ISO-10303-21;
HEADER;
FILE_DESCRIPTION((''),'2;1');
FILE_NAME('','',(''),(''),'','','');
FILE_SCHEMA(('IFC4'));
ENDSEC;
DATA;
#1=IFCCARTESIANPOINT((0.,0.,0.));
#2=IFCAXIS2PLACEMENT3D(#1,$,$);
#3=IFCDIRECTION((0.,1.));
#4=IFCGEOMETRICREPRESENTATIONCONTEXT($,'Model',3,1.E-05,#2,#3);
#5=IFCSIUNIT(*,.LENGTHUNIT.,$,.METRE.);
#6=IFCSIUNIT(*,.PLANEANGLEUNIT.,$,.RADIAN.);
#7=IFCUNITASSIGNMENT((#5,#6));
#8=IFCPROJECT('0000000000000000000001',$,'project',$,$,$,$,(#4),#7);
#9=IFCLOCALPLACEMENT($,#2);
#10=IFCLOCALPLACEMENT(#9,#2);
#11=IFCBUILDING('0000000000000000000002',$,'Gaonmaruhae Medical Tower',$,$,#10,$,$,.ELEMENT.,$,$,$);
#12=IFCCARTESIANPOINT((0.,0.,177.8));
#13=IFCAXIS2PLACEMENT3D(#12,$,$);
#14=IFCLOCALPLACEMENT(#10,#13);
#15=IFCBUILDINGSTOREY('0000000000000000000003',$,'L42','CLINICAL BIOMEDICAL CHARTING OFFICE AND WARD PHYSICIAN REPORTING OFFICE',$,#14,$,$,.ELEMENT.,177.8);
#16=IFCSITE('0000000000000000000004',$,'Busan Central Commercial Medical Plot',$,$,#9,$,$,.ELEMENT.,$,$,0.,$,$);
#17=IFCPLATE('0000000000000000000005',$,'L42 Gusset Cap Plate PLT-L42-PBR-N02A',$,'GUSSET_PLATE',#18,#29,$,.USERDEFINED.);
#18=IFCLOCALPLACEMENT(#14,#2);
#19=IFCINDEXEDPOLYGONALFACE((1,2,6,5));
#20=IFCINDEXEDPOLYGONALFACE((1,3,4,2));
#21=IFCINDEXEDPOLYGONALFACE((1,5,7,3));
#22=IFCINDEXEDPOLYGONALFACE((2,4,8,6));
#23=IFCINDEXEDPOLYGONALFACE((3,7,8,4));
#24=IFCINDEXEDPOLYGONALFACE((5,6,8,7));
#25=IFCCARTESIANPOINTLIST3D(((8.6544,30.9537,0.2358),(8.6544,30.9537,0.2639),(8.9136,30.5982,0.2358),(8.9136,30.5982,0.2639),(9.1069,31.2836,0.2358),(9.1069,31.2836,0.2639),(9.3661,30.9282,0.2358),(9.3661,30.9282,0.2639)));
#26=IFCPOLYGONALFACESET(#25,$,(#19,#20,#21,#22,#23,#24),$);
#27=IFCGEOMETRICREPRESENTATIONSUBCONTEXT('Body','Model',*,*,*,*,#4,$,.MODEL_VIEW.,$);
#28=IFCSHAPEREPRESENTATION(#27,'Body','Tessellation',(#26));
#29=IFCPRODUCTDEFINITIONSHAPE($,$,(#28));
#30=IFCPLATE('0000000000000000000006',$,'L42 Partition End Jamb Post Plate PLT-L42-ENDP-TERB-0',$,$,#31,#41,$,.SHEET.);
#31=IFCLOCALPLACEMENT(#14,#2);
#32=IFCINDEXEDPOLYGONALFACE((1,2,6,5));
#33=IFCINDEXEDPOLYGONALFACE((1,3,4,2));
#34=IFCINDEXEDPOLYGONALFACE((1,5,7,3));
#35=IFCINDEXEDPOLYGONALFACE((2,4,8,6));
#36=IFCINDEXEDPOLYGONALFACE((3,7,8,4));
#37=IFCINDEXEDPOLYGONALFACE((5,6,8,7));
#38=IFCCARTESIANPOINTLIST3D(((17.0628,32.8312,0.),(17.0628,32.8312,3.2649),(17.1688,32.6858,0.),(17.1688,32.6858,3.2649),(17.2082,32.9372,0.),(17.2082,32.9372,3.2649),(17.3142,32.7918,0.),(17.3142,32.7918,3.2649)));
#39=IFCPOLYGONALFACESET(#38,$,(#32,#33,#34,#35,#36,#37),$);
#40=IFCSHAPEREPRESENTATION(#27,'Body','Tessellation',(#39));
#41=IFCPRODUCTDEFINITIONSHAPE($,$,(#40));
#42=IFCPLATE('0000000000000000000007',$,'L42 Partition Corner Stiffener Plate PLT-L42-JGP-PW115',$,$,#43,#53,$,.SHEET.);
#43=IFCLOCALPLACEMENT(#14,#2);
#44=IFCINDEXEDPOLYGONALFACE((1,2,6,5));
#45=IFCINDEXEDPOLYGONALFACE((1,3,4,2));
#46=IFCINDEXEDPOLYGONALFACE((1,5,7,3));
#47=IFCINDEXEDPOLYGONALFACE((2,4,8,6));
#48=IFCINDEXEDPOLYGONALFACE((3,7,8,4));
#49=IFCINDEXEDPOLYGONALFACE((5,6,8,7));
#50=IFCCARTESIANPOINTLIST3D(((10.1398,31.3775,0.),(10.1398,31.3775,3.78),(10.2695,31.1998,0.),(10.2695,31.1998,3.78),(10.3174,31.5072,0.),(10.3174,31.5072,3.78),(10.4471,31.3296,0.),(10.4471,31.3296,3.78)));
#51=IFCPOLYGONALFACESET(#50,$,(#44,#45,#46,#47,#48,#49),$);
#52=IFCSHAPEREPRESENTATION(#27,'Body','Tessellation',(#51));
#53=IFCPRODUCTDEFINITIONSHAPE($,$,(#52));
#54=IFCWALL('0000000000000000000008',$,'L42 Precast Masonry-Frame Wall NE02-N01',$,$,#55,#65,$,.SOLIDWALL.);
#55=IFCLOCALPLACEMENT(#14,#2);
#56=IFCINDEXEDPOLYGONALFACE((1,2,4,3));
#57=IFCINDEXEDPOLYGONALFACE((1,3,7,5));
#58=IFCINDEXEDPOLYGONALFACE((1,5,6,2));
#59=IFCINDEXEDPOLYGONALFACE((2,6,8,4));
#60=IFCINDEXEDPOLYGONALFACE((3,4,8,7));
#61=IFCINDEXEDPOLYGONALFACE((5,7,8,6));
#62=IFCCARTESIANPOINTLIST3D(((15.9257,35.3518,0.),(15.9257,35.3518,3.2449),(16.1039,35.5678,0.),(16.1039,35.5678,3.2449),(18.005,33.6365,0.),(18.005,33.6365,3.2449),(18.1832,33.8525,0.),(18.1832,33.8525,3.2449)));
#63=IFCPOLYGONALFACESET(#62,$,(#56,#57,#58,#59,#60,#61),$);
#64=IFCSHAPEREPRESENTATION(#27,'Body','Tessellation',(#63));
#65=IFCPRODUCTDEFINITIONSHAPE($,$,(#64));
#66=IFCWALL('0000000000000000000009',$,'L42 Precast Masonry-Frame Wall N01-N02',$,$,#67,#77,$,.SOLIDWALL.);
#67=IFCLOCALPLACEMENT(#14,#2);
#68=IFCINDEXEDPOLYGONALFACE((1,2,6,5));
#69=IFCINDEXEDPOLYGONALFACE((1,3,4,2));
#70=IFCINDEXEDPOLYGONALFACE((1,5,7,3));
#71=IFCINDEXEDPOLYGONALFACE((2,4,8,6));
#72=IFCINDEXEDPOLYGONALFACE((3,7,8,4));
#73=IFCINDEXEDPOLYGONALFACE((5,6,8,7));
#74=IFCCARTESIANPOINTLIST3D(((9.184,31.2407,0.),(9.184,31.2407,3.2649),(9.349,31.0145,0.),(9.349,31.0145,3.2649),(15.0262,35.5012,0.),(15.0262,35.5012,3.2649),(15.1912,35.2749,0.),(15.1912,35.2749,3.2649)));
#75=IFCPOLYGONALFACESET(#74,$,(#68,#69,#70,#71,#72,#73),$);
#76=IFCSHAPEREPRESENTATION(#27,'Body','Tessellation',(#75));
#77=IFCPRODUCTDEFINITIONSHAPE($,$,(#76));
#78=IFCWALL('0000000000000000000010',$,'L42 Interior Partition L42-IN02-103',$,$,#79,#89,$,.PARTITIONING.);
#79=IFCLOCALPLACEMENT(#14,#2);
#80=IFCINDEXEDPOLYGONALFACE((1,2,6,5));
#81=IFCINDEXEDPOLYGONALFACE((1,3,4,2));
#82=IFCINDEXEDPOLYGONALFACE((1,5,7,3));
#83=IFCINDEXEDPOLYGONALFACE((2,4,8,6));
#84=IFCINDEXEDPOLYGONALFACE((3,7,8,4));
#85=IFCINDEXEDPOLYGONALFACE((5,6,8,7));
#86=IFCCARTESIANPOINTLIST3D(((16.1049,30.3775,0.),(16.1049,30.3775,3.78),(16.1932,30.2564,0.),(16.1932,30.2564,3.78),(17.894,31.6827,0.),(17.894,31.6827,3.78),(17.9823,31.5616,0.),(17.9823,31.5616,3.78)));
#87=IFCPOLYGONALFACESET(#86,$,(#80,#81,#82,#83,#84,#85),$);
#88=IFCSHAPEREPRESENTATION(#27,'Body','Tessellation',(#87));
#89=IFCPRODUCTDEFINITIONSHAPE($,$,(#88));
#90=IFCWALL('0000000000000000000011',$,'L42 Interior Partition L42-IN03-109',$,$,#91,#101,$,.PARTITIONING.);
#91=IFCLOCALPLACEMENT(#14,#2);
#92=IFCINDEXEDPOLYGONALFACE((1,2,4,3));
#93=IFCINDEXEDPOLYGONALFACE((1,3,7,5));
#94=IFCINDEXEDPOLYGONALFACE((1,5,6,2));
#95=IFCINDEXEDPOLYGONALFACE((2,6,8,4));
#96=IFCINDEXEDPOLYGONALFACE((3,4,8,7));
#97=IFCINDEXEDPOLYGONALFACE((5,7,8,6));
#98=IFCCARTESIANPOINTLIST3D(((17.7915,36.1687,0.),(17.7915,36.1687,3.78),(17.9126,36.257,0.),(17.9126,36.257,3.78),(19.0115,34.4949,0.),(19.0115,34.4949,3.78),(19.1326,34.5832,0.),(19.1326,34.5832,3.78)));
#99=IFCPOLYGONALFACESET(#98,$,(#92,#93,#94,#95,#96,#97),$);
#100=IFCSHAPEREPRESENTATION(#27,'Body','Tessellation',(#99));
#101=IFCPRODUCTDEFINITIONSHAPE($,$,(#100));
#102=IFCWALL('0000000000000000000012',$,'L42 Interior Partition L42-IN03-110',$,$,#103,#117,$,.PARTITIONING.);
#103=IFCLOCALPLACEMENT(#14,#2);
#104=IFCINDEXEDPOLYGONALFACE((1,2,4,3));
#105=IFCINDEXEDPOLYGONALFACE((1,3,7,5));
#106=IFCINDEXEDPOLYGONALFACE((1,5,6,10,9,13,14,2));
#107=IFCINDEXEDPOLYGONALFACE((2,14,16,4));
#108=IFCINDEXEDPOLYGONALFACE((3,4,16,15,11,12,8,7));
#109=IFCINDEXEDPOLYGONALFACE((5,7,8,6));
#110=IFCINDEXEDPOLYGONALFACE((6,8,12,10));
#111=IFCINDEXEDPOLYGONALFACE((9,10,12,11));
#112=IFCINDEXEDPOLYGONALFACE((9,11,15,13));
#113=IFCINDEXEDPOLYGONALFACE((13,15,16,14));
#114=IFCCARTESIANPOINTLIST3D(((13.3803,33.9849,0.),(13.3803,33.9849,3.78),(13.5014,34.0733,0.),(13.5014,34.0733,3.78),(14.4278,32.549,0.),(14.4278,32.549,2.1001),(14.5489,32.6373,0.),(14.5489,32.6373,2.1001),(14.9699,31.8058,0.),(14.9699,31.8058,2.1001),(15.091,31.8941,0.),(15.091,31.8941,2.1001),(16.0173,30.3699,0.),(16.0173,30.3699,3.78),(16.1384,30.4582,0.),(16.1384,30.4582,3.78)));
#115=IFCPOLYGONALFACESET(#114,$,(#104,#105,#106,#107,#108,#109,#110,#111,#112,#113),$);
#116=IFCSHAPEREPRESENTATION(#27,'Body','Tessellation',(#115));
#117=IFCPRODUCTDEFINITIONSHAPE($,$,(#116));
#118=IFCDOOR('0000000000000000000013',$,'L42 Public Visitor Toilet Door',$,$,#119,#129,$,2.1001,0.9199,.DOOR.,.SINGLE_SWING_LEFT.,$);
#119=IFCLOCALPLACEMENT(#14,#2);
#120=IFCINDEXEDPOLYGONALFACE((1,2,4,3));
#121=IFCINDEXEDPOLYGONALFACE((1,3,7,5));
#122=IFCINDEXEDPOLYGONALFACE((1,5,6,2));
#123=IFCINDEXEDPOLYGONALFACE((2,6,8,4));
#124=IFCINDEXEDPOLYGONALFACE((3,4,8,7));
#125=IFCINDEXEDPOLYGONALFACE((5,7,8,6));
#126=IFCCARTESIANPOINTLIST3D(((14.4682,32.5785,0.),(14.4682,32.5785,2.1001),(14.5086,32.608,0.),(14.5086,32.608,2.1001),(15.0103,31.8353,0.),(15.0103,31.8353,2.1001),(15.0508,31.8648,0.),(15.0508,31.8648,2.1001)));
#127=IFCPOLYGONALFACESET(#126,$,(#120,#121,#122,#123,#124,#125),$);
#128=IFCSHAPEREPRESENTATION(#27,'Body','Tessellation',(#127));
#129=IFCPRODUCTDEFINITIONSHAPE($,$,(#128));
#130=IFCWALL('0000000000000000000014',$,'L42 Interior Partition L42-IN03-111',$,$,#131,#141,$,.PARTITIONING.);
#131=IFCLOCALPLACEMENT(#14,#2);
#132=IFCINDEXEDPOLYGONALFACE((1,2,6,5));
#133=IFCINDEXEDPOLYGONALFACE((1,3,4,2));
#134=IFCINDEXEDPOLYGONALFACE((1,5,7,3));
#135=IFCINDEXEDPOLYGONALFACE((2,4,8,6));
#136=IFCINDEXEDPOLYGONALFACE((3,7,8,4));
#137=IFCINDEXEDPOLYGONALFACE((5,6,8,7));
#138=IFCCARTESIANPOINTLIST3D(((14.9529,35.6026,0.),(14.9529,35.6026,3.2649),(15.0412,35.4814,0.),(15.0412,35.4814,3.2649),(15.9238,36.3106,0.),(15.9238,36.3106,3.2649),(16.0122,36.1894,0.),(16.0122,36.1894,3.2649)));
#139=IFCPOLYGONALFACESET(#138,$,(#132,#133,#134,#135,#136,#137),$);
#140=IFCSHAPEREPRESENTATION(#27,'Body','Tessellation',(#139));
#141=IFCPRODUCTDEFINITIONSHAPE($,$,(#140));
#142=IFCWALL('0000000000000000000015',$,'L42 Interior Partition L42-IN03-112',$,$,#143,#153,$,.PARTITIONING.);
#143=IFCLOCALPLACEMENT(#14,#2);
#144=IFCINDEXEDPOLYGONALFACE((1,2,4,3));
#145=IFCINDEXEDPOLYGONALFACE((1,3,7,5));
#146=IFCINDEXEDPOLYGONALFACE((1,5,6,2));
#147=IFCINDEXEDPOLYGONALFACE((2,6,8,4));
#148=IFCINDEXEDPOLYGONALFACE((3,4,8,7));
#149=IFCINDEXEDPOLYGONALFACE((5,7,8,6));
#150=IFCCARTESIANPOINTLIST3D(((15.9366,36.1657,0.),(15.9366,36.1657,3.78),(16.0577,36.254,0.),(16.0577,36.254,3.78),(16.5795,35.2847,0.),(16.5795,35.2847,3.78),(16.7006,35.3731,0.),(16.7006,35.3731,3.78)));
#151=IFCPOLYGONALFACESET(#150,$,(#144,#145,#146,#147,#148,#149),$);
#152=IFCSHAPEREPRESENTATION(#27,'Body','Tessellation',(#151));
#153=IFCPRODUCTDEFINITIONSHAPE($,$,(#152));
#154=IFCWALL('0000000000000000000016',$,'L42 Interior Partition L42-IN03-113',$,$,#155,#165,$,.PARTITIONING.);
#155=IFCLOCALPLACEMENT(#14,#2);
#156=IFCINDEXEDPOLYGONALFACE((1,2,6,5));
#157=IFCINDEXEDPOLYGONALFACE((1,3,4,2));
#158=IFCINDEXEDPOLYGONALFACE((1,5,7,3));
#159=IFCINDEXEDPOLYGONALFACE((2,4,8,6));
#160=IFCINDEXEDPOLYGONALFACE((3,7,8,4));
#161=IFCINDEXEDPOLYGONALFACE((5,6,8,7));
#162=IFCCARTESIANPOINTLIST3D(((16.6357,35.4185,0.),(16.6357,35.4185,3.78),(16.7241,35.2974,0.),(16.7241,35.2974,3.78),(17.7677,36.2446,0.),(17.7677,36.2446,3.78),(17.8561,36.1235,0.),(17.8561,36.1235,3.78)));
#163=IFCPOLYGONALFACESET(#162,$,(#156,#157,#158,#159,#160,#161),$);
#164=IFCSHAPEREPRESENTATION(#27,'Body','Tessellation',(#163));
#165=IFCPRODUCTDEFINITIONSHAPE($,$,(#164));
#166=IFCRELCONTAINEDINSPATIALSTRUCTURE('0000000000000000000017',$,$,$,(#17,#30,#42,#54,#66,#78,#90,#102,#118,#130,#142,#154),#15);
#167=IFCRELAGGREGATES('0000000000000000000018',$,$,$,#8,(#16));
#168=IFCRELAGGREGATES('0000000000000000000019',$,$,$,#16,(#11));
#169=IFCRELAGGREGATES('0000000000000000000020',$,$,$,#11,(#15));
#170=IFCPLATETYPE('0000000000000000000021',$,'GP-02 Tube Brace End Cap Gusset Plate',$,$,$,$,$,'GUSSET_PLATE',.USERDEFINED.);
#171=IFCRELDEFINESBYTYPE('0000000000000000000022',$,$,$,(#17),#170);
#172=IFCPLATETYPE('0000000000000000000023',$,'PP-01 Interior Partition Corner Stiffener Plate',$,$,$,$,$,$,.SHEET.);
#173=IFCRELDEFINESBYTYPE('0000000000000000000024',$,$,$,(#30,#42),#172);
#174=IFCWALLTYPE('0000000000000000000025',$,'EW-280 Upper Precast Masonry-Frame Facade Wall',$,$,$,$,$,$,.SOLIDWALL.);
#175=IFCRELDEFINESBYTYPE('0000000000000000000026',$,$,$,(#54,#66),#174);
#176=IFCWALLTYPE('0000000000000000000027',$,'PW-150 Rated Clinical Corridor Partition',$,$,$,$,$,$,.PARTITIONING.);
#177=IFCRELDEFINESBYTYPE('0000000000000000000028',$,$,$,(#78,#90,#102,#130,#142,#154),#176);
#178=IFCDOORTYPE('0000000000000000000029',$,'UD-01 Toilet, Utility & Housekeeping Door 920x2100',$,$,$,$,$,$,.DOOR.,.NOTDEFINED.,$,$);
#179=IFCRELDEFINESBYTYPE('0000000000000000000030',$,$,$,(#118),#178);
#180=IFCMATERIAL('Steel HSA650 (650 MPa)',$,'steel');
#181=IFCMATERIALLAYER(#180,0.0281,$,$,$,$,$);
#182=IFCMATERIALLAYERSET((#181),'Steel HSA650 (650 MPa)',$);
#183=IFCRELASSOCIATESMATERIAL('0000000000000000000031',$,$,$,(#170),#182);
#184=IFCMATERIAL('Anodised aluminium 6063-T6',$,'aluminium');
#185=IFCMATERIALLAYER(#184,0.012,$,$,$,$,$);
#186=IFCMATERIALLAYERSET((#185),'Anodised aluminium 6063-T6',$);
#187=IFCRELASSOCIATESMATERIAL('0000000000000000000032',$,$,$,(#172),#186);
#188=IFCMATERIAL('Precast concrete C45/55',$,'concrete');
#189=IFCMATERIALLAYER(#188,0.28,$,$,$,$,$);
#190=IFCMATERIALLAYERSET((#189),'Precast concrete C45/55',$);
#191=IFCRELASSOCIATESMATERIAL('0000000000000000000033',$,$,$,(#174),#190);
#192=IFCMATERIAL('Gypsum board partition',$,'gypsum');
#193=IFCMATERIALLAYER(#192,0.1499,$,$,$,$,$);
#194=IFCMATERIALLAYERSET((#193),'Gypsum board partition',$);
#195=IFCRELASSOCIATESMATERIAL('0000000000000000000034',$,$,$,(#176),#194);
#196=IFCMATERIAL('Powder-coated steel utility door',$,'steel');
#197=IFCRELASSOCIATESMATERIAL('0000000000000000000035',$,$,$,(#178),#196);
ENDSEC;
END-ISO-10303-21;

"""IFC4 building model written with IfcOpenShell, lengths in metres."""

from ifc_helpers import new_model, si_unit, direction, frame, frame_2d, origin, origin_2d, place, context, subcontext, project, spatial, rectangle, extrude, material, layer, layer_set, type_object, element, fill, save


model = new_model("IFC4")

# Units and contexts
model_context = context("Model", 3, precision=1e-05, world=origin(), true_north=direction((0.0, 1.0)))
body_context = subcontext(model_context, "Body", "Model", "MODEL_VIEW")
ifc_project = project(units=[si_unit("LENGTHUNIT", "METRE"), si_unit("PLANEANGLEUNIT", "RADIAN")], contexts=[model_context])

# Site, building, storey
site_placement = place(None, origin())
site = spatial("IfcSite", under=ifc_project, at=site_placement, Name="Busan Central Commercial Medical Plot", CompositionType="ELEMENT", RefElevation=0.0)
building_placement = place(site_placement, origin())
building = spatial("IfcBuilding", under=site, at=building_placement, Name="Gaonmaruhae Medical Tower", CompositionType="ELEMENT")
storey_placement = place(building_placement, frame((0.0, 0.0, 177.8)))
storey = spatial("IfcBuildingStorey", under=building, at=storey_placement, Name="L42", Description="CLINICAL BIOMEDICAL CHARTING OFFICE AND WARD PHYSICIAN REPORTING OFFICE", CompositionType="ELEMENT", Elevation=177.8)

# Plates
ifc_material_1 = material(Name="Steel HSA650 (650 MPa)", Category="steel")
ifc_layer_1 = layer(ifc_material_1, 0.0281)
ifc_layer_set_1 = layer_set([ifc_layer_1], Name="Steel HSA650 (650 MPa)")
plate_type_1 = type_object("IfcPlateType", Name="GP-02 Tube Brace End Cap Gusset Plate", ElementType="GUSSET_PLATE", PredefinedType="USERDEFINED", material=ifc_layer_set_1)
plate_1_placement = place(storey_placement, frame((9.0103, 30.9409, 0.2358), z_axis=(0.0, 0.0, 1.0), x_axis=(0.80799, 0.589196, 0.0)))
element("IfcPlate", 1, at=plate_1_placement, inside=storey, type_object=plate_type_1, Name="L42 Gusset Cap Plate PLT-L42-PBR-N02A", ObjectType="GUSSET_PLATE", PredefinedType="USERDEFINED", context=body_context, shape_type="SweptSolid", body=[
    extrude(rectangle(XDim=0.5601, YDim=0.4399, at=origin_2d()), origin(), (0.0, 0.0, 1.0), 0.0281),
])
ifc_material_2 = material(Name="Anodised aluminium 6063-T6", Category="aluminium")
ifc_layer_2 = layer(ifc_material_2, 0.012)
ifc_layer_set_2 = layer_set([ifc_layer_2], Name="Anodised aluminium 6063-T6")
plate_type_2 = type_object("IfcPlateType", Name="PP-01 Interior Partition Corner Stiffener Plate", PredefinedType="SHEET", material=ifc_layer_set_2)
plate_2_placement = place(storey_placement, frame((17.1885, 32.8115, 0.0), z_axis=(0.0, 0.0, 1.0), x_axis=(0.589196, -0.80799, 0.0)))
element("IfcPlate", 2, at=plate_2_placement, inside=storey, type_object=plate_type_2, Name="L42 Partition End Jamb Post Plate PLT-L42-ENDP-TERB-0", PredefinedType="SHEET", context=body_context, shape_type="SweptSolid", body=[
    extrude(rectangle(XDim=0.1799, YDim=0.1799, at=origin_2d()), origin(), (0.0, 0.0, 1.0), 3.2649),
])
plate_3_placement = place(storey_placement, frame((10.2935, 31.3535, 0.0), z_axis=(0.0, 0.0, 1.0), x_axis=(-0.589817, 0.807537, 0.0)))
element("IfcPlate", 3, at=plate_3_placement, inside=storey, type_object=plate_type_2, Name="L42 Partition Corner Stiffener Plate PLT-L42-JGP-PW115", PredefinedType="SHEET", context=body_context, shape_type="SweptSolid", body=[
    extrude(rectangle(XDim=0.22, YDim=0.22, at=origin_2d()), origin(), (0.0, 0.0, 1.0), 3.78),
])

# Shared definitions
ifc_material_3 = material(Name="Precast concrete C45/55", Category="concrete")

# Walls
ifc_layer_3 = layer(ifc_material_3, 0.28)
ifc_layer_set_3 = layer_set([ifc_layer_3], Name="Precast concrete C45/55")
wall_type_1 = type_object("IfcWallType", Name="EW-280 Upper Precast Masonry-Frame Facade Wall", PredefinedType="SOLIDWALL", material=ifc_layer_set_3)
wall_1_placement = place(storey_placement, frame((16.0149, 35.4597, 0.0), z_axis=(0.0, 0.0, 1.0), x_axis=(0.771397, -0.636355, 0.0)))
element("IfcWall", 4, at=wall_1_placement, inside=storey, type_object=wall_type_1, Name="L42 Precast Masonry-Frame Wall NE02-N01", PredefinedType="SOLIDWALL", context=body_context, shape_type="SweptSolid", body=[
    extrude(rectangle(XDim=2.6956, YDim=0.28, at=frame_2d((1.3477, 0.0))), origin(), (0.0, 0.0, 1.0), 3.2449),
])
wall_2_placement = place(storey_placement, frame((9.2666, 31.1277, 0.0), z_axis=(0.0, 0.0, 1.0), x_axis=(0.807975, 0.589217, 0.0)))
element("IfcWall", 5, at=wall_2_placement, inside=storey, type_object=wall_type_1, Name="L42 Precast Masonry-Frame Wall N01-N02", PredefinedType="SOLIDWALL", context=body_context, shape_type="SweptSolid", body=[
    extrude(rectangle(XDim=7.2307, YDim=0.28, at=frame_2d((3.6152, 0.0))), origin(), (0.0, 0.0, 1.0), 3.2649),
])

# Shared definitions
ifc_material_4 = material(Name="Gypsum board partition", Category="gypsum")
ifc_layer_4 = layer(ifc_material_4, 0.1499)
ifc_layer_set_4 = layer_set([ifc_layer_4], Name="Gypsum board partition")
wall_type_2 = type_object("IfcWallType", Name="PW-150 Rated Clinical Corridor Partition", PredefinedType="PARTITIONING", material=ifc_layer_set_4)

# Walls
wall_3_placement = place(storey_placement, frame((16.1489, 30.3169, 0.0), z_axis=(0.0, 0.0, 1.0), x_axis=(0.807868, 0.589364, 0.0)))
element("IfcWall", 6, at=wall_3_placement, inside=storey, type_object=wall_type_2, Name="L42 Interior Partition L42-IN02-103", PredefinedType="PARTITIONING", context=body_context, shape_type="SweptSolid", body=[
    extrude(rectangle(XDim=2.2146, YDim=0.1499, at=frame_2d((1.1074, 0.0))), origin(), (0.0, 0.0, 1.0), 3.78),
])
wall_4_placement = place(storey_placement, frame((17.8521, 36.2129, 0.0), z_axis=(0.0, 0.0, 1.0), x_axis=(0.589005, -0.808129, 0.0)))
element("IfcWall", 7, at=wall_4_placement, inside=storey, type_object=wall_type_2, Name="L42 Interior Partition L42-IN03-109", PredefinedType="PARTITIONING", context=body_context, shape_type="SweptSolid", body=[
    extrude(rectangle(XDim=2.0713, YDim=0.1499, at=frame_2d((1.0356, 0.0))), origin(), (0.0, 0.0, 1.0), 3.78),
])

# Wall, opening, door
wall_5_placement = place(storey_placement, frame((16.0779, 30.4141, 0.0), z_axis=(0.0, 0.0, 1.0), x_axis=(-0.589323, 0.807898, 0.0)))
wall_5 = element("IfcWall", 8, at=wall_5_placement, inside=storey, type_object=wall_type_2, Name="L42 Interior Partition L42-IN03-110", PredefinedType="PARTITIONING", context=body_context, shape_type="SweptSolid", body=[
    extrude(rectangle(XDim=4.4746, YDim=0.1499, at=frame_2d((2.2373, 0.0))), origin(), (0.0, 0.0, 1.0), 3.78),
])
opening_1_placement = place(wall_5_placement, frame((1.7773, 0.0, 0.0)))
opening_1 = element("IfcOpeningElement", 9, at=opening_1_placement, cuts=wall_5, PredefinedType="OPENING", context=body_context, shape_type="SweptSolid", body=[
    extrude(rectangle(XDim=0.9199, YDim=2.1001, at=frame_2d((0.46, 1.05))), frame((0.0, 0.085, 0.0), z_axis=(0.0, -1.0, 0.0), x_axis=(1.0, 0.0, 0.0)), (0.0, 0.0, 1.0), 0.1699),
])
ifc_material_5 = material(Name="Powder-coated steel utility door", Category="steel")
door_type_1 = type_object("IfcDoorType", Name="UD-01 Toilet, Utility & Housekeeping Door 920x2100", OperationType="NOTDEFINED", PredefinedType="DOOR", material=ifc_material_5)
door_1_placement = place(opening_1_placement, origin())
door_1 = element("IfcDoor", 10, at=door_1_placement, inside=storey, type_object=door_type_1, Name="L42 Public Visitor Toilet Door", OperationType="SINGLE_SWING_LEFT", OverallHeight=2.1001, OverallWidth=0.9199, PredefinedType="DOOR", context=body_context, shape_type="SweptSolid", body=[
    extrude(rectangle(XDim=0.9199, YDim=2.1001, at=frame_2d((0.46, 1.05))), frame((0.0, 0.0249, 0.0), z_axis=(0.0, -1.0, 0.0), x_axis=(1.0, 0.0, 0.0)), (0.0, 0.0, 1.0), 0.05),
])
fill(opening_1, door_1)

# Walls
wall_6_placement = place(storey_placement, frame((14.9971, 35.542, 0.0), z_axis=(0.0, 0.0, 1.0), x_axis=(0.807997, 0.589186, 0.0)))
element("IfcWall", 11, at=wall_6_placement, inside=storey, type_object=wall_type_2, Name="L42 Interior Partition L42-IN03-111", PredefinedType="PARTITIONING", context=body_context, shape_type="SweptSolid", body=[
    extrude(rectangle(XDim=1.2017, YDim=0.1499, at=frame_2d((0.6008, 0.0))), origin(), (0.0, 0.0, 1.0), 3.2649),
])
wall_7_placement = place(storey_placement, frame((15.9971, 36.21, 0.0), z_axis=(0.0, 0.0, 1.0), x_axis=(0.589489, -0.807777, 0.0)))
element("IfcWall", 12, at=wall_7_placement, inside=storey, type_object=wall_type_2, Name="L42 Interior Partition L42-IN03-112", PredefinedType="PARTITIONING", context=body_context, shape_type="SweptSolid", body=[
    extrude(rectangle(XDim=1.0906, YDim=0.1499, at=frame_2d((0.5454, 0.0))), origin(), (0.0, 0.0, 1.0), 3.78),
])
wall_8_placement = place(storey_placement, frame((16.6799, 35.3579, 0.0), z_axis=(0.0, 0.0, 1.0), x_axis=(0.807771, 0.589497, 0.0)))
element("IfcWall", 13, at=wall_8_placement, inside=storey, type_object=wall_type_2, Name="L42 Interior Partition L42-IN03-113", PredefinedType="PARTITIONING", context=body_context, shape_type="SweptSolid", body=[
    extrude(rectangle(XDim=1.4014, YDim=0.1499, at=frame_2d((0.7007, 0.0))), origin(), (0.0, 0.0, 1.0), 3.78),
])

save(model, "model.ifc")
